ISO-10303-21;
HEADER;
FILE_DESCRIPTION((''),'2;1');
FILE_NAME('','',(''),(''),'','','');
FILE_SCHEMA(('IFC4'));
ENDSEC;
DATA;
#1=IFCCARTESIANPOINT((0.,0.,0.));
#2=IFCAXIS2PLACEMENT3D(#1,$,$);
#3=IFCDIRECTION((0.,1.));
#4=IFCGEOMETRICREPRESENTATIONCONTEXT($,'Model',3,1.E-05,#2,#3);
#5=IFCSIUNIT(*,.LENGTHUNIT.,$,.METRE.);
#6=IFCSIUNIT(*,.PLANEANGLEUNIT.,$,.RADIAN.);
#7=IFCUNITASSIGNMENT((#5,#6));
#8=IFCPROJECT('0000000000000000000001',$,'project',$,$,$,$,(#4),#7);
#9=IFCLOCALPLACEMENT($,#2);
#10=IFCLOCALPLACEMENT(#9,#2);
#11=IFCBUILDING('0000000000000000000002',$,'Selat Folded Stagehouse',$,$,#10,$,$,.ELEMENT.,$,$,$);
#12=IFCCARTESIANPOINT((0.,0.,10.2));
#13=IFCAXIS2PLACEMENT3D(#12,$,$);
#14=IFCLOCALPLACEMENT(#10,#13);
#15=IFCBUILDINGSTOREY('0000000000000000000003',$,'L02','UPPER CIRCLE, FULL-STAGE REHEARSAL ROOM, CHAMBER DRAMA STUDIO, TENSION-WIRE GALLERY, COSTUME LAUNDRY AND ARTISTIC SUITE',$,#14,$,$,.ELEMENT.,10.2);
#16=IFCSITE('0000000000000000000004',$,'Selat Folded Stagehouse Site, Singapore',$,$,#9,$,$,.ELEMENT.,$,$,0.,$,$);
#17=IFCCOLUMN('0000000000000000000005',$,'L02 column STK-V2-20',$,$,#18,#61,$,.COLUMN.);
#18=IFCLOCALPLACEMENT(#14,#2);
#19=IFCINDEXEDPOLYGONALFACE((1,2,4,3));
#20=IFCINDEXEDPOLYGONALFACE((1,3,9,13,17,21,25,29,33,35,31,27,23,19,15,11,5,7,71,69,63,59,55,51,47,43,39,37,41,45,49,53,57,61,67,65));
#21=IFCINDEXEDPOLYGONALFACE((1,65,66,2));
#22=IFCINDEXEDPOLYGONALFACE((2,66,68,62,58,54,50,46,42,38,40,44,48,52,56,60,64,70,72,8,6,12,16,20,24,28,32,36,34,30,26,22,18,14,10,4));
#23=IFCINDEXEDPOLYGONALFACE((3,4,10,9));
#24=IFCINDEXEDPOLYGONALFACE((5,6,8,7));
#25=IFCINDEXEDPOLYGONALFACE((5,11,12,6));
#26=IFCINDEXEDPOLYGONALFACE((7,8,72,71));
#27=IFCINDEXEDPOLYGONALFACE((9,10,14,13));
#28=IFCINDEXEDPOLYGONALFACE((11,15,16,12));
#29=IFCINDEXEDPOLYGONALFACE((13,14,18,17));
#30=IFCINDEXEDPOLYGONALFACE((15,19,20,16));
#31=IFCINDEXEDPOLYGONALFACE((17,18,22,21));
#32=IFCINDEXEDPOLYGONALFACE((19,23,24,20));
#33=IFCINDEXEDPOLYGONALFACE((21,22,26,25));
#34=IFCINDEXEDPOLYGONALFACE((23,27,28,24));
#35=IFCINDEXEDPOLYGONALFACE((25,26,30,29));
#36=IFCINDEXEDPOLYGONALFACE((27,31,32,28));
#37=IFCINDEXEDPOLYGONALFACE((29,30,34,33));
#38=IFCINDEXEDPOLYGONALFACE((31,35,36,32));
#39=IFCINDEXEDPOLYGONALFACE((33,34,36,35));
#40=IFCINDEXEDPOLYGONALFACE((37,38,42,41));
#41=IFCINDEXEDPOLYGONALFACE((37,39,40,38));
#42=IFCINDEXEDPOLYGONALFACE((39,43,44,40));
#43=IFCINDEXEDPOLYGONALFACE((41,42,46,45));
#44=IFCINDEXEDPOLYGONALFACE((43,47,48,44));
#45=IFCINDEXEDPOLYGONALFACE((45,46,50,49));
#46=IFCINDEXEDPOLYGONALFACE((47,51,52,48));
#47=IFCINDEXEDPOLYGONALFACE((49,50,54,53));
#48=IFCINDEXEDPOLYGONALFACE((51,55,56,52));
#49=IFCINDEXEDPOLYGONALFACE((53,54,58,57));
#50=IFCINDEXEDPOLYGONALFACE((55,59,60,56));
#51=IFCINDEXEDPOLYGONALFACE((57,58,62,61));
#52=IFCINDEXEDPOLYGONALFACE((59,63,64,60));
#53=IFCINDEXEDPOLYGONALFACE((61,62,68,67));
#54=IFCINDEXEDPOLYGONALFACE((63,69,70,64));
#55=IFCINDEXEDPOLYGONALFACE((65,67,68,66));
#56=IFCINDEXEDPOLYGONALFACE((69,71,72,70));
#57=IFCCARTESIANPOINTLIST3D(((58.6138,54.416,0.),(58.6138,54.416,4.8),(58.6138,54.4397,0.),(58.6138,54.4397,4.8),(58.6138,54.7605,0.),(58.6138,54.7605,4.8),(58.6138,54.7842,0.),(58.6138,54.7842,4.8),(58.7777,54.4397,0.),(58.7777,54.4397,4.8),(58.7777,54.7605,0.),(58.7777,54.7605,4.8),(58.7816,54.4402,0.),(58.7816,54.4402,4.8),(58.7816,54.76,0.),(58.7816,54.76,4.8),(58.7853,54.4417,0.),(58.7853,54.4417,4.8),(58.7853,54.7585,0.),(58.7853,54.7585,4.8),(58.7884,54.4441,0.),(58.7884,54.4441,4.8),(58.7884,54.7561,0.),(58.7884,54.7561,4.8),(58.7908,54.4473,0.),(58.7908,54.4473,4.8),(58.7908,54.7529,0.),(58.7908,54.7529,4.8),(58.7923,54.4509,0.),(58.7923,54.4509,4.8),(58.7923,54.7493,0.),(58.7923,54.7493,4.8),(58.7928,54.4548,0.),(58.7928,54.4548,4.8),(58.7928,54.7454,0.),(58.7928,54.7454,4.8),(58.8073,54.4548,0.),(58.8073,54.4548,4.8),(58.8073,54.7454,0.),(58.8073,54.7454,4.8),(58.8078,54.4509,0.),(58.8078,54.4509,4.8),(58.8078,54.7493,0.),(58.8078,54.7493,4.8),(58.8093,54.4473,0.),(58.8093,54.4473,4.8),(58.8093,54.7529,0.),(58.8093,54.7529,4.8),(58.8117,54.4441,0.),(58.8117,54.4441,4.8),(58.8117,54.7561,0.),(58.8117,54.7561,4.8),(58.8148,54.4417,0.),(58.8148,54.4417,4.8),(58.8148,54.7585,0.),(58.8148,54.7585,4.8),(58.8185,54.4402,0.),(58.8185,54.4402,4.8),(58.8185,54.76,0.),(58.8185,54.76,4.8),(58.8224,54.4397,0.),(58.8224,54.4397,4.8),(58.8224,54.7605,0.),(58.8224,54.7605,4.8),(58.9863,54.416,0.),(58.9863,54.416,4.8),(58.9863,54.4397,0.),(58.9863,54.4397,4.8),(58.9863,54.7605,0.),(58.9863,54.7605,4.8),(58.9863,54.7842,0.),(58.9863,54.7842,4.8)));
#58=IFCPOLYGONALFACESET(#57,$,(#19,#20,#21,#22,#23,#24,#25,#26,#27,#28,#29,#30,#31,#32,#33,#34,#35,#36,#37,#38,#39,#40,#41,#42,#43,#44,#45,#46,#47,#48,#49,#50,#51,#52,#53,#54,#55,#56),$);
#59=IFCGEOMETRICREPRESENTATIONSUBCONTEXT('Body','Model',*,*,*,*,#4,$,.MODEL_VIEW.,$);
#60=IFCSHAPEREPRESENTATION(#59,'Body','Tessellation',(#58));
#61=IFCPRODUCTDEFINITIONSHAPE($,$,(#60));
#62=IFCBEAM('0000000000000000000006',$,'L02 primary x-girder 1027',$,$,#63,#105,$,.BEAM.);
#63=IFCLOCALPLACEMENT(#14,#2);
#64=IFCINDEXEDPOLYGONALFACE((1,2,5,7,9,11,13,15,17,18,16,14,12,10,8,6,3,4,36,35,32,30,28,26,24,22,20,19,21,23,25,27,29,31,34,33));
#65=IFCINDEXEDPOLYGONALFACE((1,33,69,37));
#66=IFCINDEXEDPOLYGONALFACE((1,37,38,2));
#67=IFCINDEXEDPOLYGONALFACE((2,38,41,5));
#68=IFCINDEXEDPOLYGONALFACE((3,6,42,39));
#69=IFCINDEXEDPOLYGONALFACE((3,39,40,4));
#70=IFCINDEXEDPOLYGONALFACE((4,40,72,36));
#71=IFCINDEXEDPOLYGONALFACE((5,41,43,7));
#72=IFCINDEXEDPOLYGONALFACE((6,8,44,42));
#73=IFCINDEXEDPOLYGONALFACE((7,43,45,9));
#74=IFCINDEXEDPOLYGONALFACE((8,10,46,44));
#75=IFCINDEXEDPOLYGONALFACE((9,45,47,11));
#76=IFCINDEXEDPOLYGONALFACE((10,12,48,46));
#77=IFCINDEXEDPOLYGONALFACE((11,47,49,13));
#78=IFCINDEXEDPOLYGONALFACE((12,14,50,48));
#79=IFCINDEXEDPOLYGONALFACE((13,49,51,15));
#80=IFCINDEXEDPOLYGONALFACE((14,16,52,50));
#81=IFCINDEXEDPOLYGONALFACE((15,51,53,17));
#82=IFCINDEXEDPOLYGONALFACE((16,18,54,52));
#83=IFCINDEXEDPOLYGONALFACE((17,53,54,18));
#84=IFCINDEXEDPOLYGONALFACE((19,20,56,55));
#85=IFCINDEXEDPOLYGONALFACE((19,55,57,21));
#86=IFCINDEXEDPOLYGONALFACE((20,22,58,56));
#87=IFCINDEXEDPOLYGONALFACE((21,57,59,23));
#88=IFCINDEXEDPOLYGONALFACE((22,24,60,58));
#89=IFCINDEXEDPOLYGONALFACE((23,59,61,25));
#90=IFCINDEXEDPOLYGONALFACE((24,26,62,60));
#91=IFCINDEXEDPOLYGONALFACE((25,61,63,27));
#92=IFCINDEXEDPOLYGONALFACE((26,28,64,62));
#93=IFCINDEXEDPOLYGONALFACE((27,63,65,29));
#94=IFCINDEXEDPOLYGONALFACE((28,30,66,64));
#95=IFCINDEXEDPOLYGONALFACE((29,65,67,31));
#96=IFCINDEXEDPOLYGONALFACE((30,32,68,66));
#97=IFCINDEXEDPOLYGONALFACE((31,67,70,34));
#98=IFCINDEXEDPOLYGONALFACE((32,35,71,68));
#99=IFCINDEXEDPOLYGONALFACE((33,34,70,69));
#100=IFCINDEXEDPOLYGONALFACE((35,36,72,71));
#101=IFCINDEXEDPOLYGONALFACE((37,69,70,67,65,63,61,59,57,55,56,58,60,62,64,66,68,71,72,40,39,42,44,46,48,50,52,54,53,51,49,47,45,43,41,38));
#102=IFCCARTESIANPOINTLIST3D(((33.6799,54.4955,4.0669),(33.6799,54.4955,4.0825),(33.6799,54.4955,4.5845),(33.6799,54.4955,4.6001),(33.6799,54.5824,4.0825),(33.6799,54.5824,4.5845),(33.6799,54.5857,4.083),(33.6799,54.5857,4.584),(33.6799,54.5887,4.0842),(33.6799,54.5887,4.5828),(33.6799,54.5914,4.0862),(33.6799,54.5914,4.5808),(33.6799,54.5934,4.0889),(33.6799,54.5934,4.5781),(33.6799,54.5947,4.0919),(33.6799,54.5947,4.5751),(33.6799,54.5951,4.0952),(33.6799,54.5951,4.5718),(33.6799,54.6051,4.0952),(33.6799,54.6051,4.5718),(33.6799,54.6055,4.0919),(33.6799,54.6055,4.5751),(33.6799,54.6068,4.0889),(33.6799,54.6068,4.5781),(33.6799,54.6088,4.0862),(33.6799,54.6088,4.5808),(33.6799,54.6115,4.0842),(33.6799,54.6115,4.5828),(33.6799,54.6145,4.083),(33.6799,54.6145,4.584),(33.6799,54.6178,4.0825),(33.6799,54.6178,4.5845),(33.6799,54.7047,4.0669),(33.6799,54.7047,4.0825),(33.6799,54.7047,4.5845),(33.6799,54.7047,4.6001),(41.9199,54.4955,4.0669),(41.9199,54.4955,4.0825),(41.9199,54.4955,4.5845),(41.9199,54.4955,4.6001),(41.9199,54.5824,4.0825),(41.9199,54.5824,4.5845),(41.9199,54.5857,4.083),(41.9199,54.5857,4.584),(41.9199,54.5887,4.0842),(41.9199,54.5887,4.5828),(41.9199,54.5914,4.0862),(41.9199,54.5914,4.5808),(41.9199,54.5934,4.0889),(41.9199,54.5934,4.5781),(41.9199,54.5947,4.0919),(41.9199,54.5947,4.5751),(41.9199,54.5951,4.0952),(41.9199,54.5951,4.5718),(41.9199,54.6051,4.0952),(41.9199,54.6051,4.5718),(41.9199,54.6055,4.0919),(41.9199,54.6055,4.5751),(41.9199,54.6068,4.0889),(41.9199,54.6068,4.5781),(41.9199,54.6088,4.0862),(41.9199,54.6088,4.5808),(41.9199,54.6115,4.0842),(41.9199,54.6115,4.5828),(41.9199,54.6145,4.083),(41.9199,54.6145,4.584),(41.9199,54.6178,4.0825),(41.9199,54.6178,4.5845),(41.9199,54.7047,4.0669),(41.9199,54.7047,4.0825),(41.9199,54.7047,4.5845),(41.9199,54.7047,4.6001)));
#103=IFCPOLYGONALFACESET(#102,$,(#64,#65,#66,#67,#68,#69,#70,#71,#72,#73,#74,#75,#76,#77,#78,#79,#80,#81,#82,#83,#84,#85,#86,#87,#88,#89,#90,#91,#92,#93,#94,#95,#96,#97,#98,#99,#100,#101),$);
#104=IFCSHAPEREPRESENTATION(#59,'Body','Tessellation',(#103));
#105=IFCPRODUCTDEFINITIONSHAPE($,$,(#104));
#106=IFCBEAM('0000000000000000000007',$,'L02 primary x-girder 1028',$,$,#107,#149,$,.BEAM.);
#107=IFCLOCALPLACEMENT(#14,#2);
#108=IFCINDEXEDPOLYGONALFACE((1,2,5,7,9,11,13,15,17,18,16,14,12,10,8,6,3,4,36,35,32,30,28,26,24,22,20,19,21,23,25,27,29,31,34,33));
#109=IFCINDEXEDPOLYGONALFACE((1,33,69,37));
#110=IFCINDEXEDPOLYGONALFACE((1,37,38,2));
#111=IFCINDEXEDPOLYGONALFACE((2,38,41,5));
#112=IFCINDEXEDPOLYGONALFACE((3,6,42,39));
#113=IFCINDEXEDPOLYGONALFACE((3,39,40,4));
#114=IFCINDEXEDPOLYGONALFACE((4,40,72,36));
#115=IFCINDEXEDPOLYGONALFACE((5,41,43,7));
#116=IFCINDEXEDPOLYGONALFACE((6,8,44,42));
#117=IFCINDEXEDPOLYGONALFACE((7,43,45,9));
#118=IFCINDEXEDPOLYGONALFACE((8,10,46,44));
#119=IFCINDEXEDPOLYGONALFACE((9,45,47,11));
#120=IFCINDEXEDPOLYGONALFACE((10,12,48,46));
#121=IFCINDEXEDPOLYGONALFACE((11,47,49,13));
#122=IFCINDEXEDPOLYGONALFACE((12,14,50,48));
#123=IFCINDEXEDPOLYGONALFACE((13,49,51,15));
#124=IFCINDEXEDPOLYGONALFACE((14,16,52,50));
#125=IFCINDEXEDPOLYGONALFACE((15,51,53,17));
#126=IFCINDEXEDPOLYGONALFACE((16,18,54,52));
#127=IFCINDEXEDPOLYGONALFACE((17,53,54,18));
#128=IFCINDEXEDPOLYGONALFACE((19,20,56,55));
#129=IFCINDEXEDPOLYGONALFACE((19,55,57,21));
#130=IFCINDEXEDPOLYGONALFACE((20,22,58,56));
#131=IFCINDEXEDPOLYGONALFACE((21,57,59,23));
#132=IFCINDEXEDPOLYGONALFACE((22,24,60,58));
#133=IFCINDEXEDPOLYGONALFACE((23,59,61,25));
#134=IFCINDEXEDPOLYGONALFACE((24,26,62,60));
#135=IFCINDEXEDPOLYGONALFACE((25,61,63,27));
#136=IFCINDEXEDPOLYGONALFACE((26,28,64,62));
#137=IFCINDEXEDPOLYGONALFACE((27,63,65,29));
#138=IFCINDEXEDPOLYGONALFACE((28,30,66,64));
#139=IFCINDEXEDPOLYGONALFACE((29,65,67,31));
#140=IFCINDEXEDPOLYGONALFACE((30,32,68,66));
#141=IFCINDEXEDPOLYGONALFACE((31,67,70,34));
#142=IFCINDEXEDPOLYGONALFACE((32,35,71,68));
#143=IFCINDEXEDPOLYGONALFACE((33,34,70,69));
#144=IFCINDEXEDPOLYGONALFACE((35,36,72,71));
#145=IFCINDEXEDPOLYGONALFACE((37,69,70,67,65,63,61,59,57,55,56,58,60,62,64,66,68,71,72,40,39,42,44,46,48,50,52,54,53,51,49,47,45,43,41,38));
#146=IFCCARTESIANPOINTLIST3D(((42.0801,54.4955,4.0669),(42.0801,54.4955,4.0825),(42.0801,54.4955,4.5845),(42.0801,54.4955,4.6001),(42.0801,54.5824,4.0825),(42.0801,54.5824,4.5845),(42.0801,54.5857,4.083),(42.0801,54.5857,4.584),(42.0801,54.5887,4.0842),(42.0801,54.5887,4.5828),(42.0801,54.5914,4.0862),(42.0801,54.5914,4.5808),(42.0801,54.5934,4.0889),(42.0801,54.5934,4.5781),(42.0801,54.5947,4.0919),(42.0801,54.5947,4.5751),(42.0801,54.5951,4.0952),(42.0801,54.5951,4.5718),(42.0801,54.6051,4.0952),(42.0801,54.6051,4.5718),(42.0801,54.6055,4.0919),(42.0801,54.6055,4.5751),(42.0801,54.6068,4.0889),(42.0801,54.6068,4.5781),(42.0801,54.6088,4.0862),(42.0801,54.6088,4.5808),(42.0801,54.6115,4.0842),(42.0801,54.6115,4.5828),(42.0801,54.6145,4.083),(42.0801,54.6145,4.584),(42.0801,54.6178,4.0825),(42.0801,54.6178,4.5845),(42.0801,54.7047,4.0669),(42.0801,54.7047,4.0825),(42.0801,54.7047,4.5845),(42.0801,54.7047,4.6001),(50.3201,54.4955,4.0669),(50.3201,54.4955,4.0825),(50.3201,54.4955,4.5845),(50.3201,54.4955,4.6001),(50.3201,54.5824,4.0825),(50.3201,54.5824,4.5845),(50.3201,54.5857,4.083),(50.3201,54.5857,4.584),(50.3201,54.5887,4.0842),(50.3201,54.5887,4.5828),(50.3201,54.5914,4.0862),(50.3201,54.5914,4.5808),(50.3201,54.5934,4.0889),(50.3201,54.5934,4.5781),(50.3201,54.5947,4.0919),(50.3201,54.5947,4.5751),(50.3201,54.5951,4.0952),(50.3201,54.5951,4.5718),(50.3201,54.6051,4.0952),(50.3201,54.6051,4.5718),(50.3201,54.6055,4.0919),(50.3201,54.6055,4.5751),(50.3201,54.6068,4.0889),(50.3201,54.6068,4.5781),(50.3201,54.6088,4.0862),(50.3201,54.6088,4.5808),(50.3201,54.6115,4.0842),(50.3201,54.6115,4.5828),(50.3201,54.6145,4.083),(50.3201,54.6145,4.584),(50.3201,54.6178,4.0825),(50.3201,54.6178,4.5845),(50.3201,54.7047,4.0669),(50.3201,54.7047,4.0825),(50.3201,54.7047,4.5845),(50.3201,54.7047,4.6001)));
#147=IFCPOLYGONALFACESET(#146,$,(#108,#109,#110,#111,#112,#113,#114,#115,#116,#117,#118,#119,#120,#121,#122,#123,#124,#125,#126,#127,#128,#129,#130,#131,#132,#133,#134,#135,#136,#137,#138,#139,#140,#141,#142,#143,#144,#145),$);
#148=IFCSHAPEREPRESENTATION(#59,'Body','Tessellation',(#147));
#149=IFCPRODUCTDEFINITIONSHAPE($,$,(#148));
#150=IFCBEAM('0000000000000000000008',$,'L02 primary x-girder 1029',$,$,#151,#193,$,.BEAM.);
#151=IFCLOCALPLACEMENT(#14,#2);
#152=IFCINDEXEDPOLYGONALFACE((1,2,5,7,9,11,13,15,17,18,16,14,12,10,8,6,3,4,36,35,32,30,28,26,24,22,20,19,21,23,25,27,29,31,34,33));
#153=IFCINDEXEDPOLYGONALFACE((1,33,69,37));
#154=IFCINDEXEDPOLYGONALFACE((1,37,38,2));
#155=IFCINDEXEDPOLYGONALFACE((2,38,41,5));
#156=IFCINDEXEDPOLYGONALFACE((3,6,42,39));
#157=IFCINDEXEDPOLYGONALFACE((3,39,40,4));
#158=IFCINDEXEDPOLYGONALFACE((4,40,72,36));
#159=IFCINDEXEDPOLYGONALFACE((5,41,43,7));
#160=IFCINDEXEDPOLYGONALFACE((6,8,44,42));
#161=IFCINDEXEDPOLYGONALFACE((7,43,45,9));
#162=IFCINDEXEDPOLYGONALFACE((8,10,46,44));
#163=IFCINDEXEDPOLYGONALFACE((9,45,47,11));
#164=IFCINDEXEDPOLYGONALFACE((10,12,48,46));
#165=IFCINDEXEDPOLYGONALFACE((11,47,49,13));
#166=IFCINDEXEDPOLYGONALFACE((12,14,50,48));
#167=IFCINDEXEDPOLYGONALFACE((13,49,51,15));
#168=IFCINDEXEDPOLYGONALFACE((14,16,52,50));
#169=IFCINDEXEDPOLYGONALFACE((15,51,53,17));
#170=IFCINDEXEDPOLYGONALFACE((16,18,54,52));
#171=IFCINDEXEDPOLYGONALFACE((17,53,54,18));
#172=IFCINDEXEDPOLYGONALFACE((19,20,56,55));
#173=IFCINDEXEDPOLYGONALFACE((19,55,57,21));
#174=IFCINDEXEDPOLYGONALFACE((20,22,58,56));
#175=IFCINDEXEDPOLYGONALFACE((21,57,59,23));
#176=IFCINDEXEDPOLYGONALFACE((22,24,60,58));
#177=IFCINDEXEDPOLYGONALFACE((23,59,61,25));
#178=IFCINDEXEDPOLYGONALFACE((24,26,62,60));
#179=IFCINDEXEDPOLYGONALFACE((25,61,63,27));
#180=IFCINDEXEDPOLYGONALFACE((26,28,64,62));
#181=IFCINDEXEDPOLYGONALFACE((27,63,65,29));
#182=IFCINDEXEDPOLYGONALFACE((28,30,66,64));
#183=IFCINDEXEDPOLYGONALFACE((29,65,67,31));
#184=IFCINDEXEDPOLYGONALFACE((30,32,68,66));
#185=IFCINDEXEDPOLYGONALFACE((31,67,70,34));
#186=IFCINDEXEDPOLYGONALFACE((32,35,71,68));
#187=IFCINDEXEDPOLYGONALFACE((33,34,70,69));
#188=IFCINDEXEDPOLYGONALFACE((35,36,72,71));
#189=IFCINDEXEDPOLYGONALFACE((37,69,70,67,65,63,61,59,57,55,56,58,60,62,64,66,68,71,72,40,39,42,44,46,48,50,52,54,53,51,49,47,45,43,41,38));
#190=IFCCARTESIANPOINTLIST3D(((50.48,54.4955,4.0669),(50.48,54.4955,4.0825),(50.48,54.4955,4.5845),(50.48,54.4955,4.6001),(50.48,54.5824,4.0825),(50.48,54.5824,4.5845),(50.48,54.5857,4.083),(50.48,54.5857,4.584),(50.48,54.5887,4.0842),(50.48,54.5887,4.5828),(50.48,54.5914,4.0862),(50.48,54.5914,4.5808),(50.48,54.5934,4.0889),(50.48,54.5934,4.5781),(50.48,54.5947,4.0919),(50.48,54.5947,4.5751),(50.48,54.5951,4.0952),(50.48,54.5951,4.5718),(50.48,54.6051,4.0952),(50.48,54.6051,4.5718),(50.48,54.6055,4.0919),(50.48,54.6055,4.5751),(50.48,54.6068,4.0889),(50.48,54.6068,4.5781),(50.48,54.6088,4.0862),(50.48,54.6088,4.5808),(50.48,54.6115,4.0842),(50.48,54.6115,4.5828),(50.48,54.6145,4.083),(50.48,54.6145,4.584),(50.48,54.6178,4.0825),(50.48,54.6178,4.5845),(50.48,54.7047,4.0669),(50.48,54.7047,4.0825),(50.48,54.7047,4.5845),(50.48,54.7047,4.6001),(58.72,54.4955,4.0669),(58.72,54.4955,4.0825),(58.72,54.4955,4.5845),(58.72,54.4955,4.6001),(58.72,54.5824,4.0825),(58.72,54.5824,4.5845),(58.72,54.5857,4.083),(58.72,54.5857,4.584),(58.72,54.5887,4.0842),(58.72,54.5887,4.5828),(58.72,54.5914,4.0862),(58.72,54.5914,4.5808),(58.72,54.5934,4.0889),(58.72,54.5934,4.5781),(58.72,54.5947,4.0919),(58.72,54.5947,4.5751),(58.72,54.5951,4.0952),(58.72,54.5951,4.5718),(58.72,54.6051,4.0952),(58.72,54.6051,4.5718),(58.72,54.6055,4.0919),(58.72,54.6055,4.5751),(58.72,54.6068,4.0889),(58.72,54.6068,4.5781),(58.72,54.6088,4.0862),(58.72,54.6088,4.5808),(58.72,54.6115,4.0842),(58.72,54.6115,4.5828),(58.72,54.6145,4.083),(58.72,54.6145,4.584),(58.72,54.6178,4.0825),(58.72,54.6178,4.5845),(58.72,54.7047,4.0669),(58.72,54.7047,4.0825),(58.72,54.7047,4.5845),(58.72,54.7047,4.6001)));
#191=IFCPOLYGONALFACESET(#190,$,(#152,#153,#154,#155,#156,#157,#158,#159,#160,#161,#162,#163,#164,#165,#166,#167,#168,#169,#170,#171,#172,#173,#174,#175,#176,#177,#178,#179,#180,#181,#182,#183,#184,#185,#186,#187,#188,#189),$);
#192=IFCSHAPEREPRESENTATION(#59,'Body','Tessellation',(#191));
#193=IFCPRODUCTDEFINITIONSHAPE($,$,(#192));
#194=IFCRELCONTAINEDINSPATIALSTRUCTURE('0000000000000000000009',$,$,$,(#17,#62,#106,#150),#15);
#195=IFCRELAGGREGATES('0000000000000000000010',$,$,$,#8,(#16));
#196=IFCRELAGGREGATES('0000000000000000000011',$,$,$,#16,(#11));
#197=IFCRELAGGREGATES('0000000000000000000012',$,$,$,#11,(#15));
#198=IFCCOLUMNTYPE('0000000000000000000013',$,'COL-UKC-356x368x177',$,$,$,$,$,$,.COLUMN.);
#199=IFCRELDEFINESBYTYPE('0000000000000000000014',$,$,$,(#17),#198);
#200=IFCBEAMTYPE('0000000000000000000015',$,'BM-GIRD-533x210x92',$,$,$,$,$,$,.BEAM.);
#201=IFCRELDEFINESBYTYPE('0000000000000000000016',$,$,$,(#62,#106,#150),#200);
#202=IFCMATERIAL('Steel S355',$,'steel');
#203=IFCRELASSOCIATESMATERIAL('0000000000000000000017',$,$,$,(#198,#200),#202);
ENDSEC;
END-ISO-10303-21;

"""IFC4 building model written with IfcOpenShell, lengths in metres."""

from ifc_helpers import new_model, si_unit, direction, frame, origin, origin_2d, place, context, subcontext, project, spatial, i_section, extrude, material, material_profile, profile_set, type_object, element, save


model = new_model("IFC4")

# Units and contexts
model_context = context("Model", 3, precision=1e-05, world=origin(), true_north=direction((0.0, 1.0)))
body_context = subcontext(model_context, "Body", "Model", "MODEL_VIEW")
ifc_project = project(units=[si_unit("LENGTHUNIT", "METRE"), si_unit("PLANEANGLEUNIT", "RADIAN")], contexts=[model_context])

# Site, building, storey
site_placement = place(None, origin())
site = spatial("IfcSite", under=ifc_project, at=site_placement, Name="Selat Folded Stagehouse Site, Singapore", CompositionType="ELEMENT", RefElevation=0.0)
building_placement = place(site_placement, origin())
building = spatial("IfcBuilding", under=site, at=building_placement, Name="Selat Folded Stagehouse", CompositionType="ELEMENT")
storey_placement = place(building_placement, frame((0.0, 0.0, 10.2)))
storey = spatial("IfcBuildingStorey", under=building, at=storey_placement, Name="L02", Description="UPPER CIRCLE, FULL-STAGE REHEARSAL ROOM, CHAMBER DRAMA STUDIO, TENSION-WIRE GALLERY, COSTUME LAUNDRY AND ARTISTIC SUITE", CompositionType="ELEMENT", Elevation=10.2)

# Column
ifc_material_1 = material(Name="Steel S355", Category="steel")
ifc_material_profile_1 = material_profile(ifc_material_1, i_section(OverallWidth=0.3726, OverallDepth=0.3682, WebThickness=0.0144, FlangeThickness=0.0237, FilletRadius=0.0151, at=origin_2d()), Name="UKC 356x368x177")
ifc_profile_set_1 = profile_set([ifc_material_profile_1], Name="Steel S355")
column_type_1 = type_object("IfcColumnType", Name="COL-UKC-356x368x177", PredefinedType="COLUMN", material=ifc_profile_set_1)
for number, where, z_axis, x_axis, name in (
    (1, (58.8, 54.6001, 0.0), (0.0, 0.0, 1.0), (1.0, 0.0, 0.0), "L02 column STK-V2-20"),
):
    element("IfcColumn", number, at=place(storey_placement, frame(where, z_axis=z_axis, x_axis=x_axis)), inside=storey, type_object=column_type_1, Name=name, PredefinedType="COLUMN", context=body_context, shape_type="SweptSolid", body=[
        extrude(i_section(OverallWidth=0.3726, OverallDepth=0.3682, WebThickness=0.0144, FlangeThickness=0.0237, FilletRadius=0.0151, at=origin_2d()), origin(), (0.0, 0.0, 1.0), 4.8),
    ])

# Beams
ifc_material_profile_2 = material_profile(ifc_material_1, i_section(OverallWidth=0.2092, OverallDepth=0.5332, WebThickness=0.01, FlangeThickness=0.0156, FilletRadius=0.0127, at=origin_2d()), Name="UKB 533x210x92")
ifc_profile_set_2 = profile_set([ifc_material_profile_2], Name="Steel S355")
beam_type_1 = type_object("IfcBeamType", Name="BM-GIRD-533x210x92", PredefinedType="BEAM", material=ifc_profile_set_2)
for number, where, z_axis, x_axis, name in (
    (2, (33.6799, 54.6001, 4.3335), (1.0, 0.0, 0.0), (0.0, 1.0, 0.0), "L02 primary x-girder 1027"),
    (3, (42.0801, 54.6001, 4.3335), (1.0, 0.0, 0.0), (0.0, 1.0, 0.0), "L02 primary x-girder 1028"),
    (4, (50.48, 54.6001, 4.3335), (1.0, 0.0, 0.0), (0.0, 1.0, 0.0), "L02 primary x-girder 1029"),
):
    element("IfcBeam", number, at=place(storey_placement, frame(where, z_axis=z_axis, x_axis=x_axis)), inside=storey, type_object=beam_type_1, Name=name, PredefinedType="BEAM", context=body_context, shape_type="SweptSolid", body=[
        extrude(i_section(OverallWidth=0.2092, OverallDepth=0.5332, WebThickness=0.01, FlangeThickness=0.0156, FilletRadius=0.0127, at=origin_2d()), origin(), (0.0, 0.0, 1.0), 8.24),
    ])

save(model, "model.ifc")
